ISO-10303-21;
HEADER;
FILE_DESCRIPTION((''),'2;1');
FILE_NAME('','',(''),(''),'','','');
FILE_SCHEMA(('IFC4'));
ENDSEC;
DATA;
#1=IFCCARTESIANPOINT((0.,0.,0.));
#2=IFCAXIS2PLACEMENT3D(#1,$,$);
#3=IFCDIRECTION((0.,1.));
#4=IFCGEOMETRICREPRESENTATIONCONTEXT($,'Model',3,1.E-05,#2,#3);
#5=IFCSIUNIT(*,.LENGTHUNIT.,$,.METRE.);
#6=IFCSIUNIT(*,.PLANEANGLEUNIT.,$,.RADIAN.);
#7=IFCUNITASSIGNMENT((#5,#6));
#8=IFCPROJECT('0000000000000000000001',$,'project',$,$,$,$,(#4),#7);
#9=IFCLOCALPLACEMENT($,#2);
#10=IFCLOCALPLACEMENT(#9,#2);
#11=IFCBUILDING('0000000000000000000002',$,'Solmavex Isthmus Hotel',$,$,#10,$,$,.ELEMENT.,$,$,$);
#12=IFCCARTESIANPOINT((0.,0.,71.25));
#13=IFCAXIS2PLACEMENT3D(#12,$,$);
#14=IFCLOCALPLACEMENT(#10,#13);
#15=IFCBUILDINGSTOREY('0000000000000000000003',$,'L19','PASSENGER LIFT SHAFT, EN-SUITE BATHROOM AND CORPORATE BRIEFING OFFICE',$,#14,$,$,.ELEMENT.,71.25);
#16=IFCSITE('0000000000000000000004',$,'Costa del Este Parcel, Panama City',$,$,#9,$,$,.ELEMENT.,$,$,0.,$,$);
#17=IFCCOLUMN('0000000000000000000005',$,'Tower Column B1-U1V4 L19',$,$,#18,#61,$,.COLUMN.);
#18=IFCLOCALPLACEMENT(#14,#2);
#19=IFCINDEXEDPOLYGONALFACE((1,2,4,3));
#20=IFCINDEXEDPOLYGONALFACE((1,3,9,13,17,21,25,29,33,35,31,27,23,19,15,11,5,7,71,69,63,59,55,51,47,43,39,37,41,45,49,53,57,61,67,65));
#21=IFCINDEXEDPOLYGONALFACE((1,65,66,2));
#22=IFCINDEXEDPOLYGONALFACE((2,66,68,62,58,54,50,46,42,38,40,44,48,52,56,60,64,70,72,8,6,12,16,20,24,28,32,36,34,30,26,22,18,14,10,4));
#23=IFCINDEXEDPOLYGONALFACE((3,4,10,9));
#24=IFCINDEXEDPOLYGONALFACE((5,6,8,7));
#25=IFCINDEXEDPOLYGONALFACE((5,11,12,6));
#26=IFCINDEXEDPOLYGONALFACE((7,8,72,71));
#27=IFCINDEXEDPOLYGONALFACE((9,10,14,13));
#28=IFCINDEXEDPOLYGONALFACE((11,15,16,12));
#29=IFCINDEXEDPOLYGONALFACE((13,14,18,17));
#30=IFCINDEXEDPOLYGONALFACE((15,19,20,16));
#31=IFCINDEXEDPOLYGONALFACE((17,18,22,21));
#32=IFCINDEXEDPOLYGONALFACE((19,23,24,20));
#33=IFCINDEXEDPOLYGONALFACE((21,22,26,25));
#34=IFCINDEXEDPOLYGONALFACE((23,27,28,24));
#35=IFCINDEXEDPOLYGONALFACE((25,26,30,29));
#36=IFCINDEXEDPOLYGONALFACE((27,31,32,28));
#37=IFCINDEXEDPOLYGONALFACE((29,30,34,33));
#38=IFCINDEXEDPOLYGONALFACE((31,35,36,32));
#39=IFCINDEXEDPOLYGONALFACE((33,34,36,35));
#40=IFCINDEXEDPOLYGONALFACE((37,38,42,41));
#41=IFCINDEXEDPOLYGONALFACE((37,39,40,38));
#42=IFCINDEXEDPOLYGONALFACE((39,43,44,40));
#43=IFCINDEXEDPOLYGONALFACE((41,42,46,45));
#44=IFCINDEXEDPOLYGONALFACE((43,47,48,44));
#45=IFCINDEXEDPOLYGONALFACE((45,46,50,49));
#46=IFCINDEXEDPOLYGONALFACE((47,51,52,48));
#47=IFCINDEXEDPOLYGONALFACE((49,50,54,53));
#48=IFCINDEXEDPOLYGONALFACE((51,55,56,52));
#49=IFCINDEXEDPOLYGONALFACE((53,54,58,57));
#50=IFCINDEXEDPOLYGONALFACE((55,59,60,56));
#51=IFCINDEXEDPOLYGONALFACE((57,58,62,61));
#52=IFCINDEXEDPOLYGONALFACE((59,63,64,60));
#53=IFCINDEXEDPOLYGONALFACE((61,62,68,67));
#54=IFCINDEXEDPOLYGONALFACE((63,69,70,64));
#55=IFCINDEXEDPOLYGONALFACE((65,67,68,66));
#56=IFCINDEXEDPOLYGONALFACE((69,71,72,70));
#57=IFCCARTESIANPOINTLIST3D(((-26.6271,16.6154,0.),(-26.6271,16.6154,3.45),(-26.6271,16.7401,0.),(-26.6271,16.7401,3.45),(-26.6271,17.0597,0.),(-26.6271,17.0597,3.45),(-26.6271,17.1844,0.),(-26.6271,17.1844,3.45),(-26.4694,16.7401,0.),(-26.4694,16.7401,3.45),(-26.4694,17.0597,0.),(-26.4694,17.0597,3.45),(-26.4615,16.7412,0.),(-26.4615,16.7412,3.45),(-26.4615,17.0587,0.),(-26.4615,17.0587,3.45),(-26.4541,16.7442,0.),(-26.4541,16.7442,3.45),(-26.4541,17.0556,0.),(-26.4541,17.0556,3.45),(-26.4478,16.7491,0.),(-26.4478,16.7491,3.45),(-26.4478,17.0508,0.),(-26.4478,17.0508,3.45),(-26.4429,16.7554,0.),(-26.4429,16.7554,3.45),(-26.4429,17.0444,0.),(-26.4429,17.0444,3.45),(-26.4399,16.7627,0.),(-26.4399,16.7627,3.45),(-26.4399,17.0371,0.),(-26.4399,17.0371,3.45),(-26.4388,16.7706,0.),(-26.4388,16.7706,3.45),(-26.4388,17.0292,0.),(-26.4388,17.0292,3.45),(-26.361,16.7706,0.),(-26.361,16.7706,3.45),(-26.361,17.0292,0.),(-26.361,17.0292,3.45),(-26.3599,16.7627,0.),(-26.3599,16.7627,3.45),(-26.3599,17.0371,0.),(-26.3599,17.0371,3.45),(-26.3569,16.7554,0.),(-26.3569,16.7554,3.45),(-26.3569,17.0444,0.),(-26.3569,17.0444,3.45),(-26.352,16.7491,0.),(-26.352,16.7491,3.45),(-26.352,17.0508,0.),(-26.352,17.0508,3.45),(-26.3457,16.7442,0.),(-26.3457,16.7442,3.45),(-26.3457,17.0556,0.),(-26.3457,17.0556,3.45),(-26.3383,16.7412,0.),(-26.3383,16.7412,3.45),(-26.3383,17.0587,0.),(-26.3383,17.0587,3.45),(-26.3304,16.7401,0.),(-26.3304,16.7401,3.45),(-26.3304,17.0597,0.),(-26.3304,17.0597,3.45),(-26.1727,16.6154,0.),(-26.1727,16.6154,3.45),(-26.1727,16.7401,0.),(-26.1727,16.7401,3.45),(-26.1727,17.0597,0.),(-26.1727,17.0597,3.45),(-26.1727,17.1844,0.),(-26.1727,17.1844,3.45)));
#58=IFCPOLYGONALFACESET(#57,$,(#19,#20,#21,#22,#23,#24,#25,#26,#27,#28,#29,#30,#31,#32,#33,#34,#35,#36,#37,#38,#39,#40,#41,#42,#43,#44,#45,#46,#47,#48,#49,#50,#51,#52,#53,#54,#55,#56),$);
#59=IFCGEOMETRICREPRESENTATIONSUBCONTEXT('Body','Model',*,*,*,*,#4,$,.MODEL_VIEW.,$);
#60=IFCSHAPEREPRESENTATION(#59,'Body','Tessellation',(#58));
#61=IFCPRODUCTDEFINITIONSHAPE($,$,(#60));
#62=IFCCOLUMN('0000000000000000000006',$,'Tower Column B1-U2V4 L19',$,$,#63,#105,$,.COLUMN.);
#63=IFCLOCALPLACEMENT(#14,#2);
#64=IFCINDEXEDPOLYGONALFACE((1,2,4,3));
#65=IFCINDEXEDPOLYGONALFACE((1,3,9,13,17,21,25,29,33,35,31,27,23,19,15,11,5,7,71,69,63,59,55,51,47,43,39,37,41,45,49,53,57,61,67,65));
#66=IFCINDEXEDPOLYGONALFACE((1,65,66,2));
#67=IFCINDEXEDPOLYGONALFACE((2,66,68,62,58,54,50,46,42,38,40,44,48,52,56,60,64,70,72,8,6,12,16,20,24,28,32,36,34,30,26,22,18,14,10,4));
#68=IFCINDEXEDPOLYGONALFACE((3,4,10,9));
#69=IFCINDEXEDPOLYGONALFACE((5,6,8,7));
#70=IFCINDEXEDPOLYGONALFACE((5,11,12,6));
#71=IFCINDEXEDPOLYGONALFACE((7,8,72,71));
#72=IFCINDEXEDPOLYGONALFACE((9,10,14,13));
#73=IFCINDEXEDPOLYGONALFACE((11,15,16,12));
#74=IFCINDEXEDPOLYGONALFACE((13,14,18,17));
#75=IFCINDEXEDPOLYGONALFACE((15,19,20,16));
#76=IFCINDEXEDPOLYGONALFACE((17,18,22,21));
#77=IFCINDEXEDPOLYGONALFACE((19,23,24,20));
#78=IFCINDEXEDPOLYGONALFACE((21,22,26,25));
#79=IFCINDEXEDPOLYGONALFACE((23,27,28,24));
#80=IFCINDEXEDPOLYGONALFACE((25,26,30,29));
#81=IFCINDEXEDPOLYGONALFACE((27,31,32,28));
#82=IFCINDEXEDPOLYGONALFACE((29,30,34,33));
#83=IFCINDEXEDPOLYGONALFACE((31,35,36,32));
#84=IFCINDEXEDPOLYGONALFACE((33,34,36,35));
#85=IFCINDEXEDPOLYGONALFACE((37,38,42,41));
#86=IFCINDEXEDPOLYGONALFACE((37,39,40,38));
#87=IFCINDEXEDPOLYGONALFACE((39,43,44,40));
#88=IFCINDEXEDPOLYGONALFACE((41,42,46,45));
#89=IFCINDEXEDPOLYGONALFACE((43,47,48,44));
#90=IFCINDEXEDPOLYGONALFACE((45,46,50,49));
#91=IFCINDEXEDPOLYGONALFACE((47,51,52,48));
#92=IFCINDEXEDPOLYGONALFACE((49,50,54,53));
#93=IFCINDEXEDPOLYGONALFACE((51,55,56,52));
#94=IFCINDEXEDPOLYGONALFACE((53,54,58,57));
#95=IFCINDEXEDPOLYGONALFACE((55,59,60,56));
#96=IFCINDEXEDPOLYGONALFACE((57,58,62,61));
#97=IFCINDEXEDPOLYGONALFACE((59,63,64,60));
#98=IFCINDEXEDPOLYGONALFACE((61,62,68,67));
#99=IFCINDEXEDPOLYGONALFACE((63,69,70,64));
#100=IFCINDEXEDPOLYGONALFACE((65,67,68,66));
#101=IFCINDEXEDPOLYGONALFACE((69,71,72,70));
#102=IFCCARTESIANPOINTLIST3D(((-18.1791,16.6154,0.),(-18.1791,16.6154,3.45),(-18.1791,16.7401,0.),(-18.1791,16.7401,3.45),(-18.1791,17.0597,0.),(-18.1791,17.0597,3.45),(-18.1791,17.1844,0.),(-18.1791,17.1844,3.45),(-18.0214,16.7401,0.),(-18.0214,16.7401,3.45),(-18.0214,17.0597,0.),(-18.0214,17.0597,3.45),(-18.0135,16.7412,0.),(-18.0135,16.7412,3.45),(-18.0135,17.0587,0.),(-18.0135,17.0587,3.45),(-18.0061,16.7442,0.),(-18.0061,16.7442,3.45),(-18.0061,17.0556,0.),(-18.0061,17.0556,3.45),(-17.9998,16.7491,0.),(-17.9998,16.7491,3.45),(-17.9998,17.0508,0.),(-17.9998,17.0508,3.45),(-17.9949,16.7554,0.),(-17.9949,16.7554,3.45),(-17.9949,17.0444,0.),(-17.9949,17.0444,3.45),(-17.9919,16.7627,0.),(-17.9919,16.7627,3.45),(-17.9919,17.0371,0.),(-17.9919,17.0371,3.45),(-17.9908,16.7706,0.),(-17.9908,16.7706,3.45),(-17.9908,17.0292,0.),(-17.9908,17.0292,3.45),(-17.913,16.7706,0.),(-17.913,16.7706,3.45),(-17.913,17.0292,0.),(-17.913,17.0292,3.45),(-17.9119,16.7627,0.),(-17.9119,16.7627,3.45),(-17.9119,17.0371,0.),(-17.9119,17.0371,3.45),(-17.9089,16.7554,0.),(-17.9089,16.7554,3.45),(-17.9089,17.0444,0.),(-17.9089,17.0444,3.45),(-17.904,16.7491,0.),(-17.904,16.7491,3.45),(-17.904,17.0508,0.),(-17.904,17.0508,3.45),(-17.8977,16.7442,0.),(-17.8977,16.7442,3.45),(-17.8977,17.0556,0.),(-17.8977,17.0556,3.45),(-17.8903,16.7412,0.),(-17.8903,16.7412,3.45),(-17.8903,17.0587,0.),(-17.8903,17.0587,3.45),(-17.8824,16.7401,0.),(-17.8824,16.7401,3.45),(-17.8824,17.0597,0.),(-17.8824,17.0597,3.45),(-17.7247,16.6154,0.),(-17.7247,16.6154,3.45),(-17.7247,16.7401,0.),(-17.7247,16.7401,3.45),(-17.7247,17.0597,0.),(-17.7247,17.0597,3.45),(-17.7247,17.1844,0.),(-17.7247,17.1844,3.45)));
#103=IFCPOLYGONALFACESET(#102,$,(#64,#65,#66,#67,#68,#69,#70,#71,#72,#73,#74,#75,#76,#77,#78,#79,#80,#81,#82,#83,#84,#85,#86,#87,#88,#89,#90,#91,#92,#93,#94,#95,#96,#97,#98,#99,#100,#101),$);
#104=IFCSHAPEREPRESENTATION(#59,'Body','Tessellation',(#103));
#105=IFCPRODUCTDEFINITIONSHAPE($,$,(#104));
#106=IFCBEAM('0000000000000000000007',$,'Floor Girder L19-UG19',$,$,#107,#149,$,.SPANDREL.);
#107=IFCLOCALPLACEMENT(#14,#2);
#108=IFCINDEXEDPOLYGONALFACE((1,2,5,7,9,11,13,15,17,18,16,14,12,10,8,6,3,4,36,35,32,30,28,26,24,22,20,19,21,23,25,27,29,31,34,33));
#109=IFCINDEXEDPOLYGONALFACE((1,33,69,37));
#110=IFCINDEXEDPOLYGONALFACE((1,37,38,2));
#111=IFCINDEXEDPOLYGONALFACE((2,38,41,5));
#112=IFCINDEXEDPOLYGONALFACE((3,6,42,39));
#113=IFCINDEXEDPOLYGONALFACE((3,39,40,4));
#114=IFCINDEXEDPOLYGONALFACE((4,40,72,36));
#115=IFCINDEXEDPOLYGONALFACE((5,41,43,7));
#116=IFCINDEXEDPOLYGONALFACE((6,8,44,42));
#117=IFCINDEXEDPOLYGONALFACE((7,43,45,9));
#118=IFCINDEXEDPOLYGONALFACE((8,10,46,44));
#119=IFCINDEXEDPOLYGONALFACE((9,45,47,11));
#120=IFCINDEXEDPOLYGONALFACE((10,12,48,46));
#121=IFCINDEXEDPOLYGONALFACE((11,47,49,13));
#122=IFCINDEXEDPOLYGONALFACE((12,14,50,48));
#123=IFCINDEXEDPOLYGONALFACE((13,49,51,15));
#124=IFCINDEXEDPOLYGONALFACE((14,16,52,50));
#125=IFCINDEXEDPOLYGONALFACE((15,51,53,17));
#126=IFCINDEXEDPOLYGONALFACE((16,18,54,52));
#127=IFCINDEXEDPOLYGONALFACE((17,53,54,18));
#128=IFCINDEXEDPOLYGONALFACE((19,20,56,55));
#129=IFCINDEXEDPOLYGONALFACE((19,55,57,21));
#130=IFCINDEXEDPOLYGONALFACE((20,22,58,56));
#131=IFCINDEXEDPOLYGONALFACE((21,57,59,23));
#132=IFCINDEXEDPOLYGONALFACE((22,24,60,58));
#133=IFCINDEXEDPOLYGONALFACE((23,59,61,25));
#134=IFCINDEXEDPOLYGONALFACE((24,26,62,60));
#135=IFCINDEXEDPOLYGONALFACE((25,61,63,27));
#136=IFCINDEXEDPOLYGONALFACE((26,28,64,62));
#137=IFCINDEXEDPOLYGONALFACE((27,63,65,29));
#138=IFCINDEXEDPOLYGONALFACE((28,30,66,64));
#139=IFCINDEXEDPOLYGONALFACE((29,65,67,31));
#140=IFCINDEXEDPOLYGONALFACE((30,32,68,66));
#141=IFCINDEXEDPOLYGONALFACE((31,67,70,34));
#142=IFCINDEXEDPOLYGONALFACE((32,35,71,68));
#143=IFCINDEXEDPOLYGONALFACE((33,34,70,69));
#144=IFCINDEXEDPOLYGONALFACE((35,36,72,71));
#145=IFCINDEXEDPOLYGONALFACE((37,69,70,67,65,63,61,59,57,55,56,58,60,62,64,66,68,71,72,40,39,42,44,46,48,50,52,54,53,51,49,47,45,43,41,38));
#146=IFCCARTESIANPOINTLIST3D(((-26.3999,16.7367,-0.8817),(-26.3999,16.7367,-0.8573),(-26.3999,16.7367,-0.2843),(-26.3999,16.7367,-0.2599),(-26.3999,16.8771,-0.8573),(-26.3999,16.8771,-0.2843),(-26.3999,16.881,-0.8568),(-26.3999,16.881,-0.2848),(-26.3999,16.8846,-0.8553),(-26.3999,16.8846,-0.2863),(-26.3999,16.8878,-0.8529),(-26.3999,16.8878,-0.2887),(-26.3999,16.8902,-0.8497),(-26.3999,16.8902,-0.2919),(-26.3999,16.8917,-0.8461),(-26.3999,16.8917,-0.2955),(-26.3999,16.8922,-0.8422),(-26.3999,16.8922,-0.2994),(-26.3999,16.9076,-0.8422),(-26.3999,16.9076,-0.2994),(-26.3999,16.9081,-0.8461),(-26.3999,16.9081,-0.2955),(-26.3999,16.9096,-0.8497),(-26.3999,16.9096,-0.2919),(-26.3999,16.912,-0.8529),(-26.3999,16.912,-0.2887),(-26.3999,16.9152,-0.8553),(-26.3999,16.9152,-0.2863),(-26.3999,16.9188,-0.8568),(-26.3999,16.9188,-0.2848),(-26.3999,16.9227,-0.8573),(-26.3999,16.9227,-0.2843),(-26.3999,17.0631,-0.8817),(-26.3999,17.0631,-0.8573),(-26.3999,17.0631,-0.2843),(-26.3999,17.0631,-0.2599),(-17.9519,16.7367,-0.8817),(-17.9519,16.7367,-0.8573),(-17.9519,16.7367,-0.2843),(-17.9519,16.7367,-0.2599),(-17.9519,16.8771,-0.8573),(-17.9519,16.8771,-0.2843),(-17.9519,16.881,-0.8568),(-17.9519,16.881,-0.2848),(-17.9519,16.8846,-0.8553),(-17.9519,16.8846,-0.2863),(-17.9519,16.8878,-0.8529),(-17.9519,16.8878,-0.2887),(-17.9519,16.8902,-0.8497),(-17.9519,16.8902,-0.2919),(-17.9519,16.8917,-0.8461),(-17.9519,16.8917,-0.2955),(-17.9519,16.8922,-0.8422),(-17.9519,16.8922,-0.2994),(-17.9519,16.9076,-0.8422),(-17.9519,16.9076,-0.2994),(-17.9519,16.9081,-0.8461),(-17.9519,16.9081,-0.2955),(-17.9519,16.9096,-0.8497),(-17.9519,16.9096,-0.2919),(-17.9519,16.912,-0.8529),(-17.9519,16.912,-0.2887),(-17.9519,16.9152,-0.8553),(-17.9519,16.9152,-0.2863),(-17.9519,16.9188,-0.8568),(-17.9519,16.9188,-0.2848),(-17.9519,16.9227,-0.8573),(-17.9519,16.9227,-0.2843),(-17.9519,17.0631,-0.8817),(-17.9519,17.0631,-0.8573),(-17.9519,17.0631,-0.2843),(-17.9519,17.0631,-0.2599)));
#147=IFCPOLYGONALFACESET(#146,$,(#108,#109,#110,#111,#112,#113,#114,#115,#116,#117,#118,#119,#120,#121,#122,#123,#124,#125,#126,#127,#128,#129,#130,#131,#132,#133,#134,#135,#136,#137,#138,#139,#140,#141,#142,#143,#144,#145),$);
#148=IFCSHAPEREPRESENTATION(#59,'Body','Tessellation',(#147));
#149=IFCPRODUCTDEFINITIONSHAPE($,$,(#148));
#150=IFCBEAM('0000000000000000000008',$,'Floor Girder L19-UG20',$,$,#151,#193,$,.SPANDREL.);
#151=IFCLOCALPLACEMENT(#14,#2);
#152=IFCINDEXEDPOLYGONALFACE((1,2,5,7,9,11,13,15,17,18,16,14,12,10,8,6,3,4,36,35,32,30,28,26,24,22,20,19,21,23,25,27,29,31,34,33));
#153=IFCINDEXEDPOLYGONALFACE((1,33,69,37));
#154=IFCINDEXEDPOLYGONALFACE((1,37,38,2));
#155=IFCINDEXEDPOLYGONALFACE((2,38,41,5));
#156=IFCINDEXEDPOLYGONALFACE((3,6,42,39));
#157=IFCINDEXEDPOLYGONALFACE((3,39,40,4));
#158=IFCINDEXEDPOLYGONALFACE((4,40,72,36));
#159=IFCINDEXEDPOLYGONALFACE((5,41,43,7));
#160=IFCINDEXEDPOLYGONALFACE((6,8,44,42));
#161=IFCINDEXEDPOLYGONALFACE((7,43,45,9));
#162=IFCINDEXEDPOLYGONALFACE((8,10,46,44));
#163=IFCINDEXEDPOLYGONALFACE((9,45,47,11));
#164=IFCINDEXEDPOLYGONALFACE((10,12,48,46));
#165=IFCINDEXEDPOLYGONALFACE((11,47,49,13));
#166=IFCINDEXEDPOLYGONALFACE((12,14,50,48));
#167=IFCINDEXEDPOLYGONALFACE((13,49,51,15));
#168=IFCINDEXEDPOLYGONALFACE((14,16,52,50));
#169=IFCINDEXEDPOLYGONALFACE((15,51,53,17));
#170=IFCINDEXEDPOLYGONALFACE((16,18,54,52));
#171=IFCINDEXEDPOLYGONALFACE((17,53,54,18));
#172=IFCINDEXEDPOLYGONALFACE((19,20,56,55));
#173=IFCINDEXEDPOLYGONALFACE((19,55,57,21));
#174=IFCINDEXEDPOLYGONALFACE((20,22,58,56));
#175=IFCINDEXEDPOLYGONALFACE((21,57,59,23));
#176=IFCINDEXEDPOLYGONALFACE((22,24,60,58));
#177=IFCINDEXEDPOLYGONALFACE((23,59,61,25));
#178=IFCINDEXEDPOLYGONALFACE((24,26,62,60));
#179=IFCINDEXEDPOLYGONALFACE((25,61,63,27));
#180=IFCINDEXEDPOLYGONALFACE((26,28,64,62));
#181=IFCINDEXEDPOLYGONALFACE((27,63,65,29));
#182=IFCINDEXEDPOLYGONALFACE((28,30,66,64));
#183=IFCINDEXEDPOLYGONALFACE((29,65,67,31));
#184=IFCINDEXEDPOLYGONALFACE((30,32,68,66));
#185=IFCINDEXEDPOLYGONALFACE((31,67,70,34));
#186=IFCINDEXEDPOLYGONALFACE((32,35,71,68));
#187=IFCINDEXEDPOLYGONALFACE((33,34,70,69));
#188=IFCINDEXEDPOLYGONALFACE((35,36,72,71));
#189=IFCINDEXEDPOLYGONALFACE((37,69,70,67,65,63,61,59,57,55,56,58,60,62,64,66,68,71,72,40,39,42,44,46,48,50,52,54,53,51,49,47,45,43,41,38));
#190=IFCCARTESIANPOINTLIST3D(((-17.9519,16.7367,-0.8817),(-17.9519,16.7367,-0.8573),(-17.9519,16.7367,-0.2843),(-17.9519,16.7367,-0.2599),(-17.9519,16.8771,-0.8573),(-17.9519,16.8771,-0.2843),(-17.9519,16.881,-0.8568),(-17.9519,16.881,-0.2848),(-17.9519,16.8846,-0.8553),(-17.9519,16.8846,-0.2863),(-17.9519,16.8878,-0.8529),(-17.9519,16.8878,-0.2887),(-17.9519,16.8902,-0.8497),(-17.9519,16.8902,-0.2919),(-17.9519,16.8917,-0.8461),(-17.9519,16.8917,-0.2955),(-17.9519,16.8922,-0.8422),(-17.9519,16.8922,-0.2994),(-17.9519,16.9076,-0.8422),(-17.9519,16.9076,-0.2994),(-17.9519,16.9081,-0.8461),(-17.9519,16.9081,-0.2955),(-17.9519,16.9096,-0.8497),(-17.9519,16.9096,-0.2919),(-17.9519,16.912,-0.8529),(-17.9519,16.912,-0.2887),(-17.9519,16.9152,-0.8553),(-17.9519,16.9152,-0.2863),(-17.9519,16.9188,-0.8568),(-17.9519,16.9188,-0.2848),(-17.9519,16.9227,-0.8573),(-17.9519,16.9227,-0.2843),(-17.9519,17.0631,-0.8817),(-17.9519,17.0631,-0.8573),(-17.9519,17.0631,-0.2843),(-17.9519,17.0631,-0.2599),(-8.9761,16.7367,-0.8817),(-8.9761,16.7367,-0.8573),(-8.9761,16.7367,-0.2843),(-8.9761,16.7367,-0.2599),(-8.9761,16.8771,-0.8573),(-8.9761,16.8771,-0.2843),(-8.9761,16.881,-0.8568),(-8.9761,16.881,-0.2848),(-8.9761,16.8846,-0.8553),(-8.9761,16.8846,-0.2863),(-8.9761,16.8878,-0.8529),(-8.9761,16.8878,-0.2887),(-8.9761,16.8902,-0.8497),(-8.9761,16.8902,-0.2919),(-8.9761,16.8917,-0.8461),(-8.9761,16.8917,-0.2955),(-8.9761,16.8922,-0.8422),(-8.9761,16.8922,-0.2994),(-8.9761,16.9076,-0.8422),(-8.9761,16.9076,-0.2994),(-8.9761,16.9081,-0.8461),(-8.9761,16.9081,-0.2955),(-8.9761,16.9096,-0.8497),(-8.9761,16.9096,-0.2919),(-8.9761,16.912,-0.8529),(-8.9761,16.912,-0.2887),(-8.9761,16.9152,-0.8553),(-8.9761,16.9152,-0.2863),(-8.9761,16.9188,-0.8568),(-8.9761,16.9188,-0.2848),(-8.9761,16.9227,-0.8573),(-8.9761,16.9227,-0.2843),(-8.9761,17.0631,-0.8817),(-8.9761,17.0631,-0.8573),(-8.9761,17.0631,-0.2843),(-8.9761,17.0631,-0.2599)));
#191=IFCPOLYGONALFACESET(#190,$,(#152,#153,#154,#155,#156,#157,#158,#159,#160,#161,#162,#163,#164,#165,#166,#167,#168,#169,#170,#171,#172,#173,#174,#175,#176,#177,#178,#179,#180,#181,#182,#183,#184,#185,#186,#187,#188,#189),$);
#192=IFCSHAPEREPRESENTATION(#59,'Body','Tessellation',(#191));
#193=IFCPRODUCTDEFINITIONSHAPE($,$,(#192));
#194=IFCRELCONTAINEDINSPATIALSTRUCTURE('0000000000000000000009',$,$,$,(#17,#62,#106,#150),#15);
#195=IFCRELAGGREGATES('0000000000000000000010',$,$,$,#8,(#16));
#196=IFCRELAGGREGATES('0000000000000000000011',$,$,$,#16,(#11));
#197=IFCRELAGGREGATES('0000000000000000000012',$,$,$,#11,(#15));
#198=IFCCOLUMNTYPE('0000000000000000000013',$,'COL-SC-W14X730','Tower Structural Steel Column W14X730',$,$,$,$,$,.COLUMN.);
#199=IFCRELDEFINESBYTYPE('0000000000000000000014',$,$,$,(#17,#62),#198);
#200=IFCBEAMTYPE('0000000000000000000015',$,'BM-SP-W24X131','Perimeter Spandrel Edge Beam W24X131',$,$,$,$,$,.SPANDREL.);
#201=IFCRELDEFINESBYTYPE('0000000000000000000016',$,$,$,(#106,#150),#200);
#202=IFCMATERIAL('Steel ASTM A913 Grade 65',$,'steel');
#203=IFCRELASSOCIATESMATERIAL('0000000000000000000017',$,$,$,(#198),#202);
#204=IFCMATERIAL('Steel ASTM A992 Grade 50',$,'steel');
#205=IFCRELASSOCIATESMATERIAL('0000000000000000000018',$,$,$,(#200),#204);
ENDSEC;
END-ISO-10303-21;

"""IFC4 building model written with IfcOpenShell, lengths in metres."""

from ifc_helpers import new_model, si_unit, direction, frame, origin, origin_2d, place, context, subcontext, project, spatial, i_section, extrude, material, material_profile, profile_set, type_object, element, save


model = new_model("IFC4")

# Units and contexts
model_context = context("Model", 3, precision=1e-05, world=origin(), true_north=direction((0.0, 1.0)))
body_context = subcontext(model_context, "Body", "Model", "MODEL_VIEW")
ifc_project = project(units=[si_unit("LENGTHUNIT", "METRE"), si_unit("PLANEANGLEUNIT", "RADIAN")], contexts=[model_context])

# Site, building, storey
site_placement = place(None, origin())
site = spatial("IfcSite", under=ifc_project, at=site_placement, Name="Costa del Este Parcel, Panama City", CompositionType="ELEMENT", RefElevation=0.0)
building_placement = place(site_placement, origin())
building = spatial("IfcBuilding", under=site, at=building_placement, Name="Solmavex Isthmus Hotel", CompositionType="ELEMENT")
storey_placement = place(building_placement, frame((0.0, 0.0, 71.25)))
storey = spatial("IfcBuildingStorey", under=building, at=storey_placement, Name="L19", Description="PASSENGER LIFT SHAFT, EN-SUITE BATHROOM AND CORPORATE BRIEFING OFFICE", CompositionType="ELEMENT", Elevation=71.25)

# Columns
ifc_material_1 = material(Name="Steel ASTM A913 Grade 65", Category="steel")
ifc_material_profile_1 = material_profile(ifc_material_1, i_section(OverallWidth=0.4543, OverallDepth=0.5691, WebThickness=0.0779, FlangeThickness=0.1248, FilletRadius=0.0305, at=origin_2d()), Name="W14X730")
ifc_profile_set_1 = profile_set([ifc_material_profile_1], Name="Steel ASTM A913 Grade 65")
column_type = type_object("IfcColumnType", Name="COL-SC-W14X730", Description="Tower Structural Steel Column W14X730", PredefinedType="COLUMN", material=ifc_profile_set_1)
for number, where, z_axis, x_axis, name in (
    (1, (-26.3999, 16.8999, 0.0), (0.0, 0.0, 1.0), (1.0, 0.0, 0.0), "Tower Column B1-U1V4 L19"),
    (2, (-17.9519, 16.8999, 0.0), (0.0, 0.0, 1.0), (1.0, 0.0, 0.0), "Tower Column B1-U2V4 L19"),
):
    element("IfcColumn", number, at=place(storey_placement, frame(where, z_axis=z_axis, x_axis=x_axis)), inside=storey, type_object=column_type, Name=name, PredefinedType="COLUMN", context=body_context, shape_type="SweptSolid", body=[
        extrude(i_section(OverallWidth=0.4543, OverallDepth=0.5691, WebThickness=0.0779, FlangeThickness=0.1248, FilletRadius=0.0305, at=origin_2d()), origin(), (0.0, 0.0, 1.0), 3.45),
    ])

# Beams
ifc_material_2 = material(Name="Steel ASTM A992 Grade 50", Category="steel")
ifc_material_profile_2 = material_profile(ifc_material_2, i_section(OverallWidth=0.3264, OverallDepth=0.6218, WebThickness=0.0154, FlangeThickness=0.0244, FilletRadius=0.0151, at=origin_2d()), Name="W24X131")
ifc_profile_set_2 = profile_set([ifc_material_profile_2], Name="Steel ASTM A992 Grade 50")
beam_type = type_object("IfcBeamType", Name="BM-SP-W24X131", Description="Perimeter Spandrel Edge Beam W24X131", PredefinedType="SPANDREL", material=ifc_profile_set_2)
beam_1_placement = place(storey_placement, frame((-26.3999, 16.8999, -0.5708), z_axis=(1.0, 0.0, 0.0), x_axis=(0.0, 1.0, 0.0)))
element("IfcBeam", 3, at=beam_1_placement, inside=storey, type_object=beam_type, Name="Floor Girder L19-UG19", PredefinedType="SPANDREL", context=body_context, shape_type="SweptSolid", body=[
    extrude(i_section(OverallWidth=0.3264, OverallDepth=0.6218, WebThickness=0.0154, FlangeThickness=0.0244, FilletRadius=0.0151, at=origin_2d()), origin(), (0.0, 0.0, 1.0), 8.448),
])
beam_2_placement = place(storey_placement, frame((-17.9519, 16.8999, -0.5708), z_axis=(1.0, 0.0, 0.0), x_axis=(0.0, 1.0, 0.0)))
element("IfcBeam", 4, at=beam_2_placement, inside=storey, type_object=beam_type, Name="Floor Girder L19-UG20", PredefinedType="SPANDREL", context=body_context, shape_type="SweptSolid", body=[
    extrude(i_section(OverallWidth=0.3264, OverallDepth=0.6218, WebThickness=0.0154, FlangeThickness=0.0244, FilletRadius=0.0151, at=origin_2d()), origin(), (0.0, 0.0, 1.0), 8.9758),
])

save(model, "model.ifc")
